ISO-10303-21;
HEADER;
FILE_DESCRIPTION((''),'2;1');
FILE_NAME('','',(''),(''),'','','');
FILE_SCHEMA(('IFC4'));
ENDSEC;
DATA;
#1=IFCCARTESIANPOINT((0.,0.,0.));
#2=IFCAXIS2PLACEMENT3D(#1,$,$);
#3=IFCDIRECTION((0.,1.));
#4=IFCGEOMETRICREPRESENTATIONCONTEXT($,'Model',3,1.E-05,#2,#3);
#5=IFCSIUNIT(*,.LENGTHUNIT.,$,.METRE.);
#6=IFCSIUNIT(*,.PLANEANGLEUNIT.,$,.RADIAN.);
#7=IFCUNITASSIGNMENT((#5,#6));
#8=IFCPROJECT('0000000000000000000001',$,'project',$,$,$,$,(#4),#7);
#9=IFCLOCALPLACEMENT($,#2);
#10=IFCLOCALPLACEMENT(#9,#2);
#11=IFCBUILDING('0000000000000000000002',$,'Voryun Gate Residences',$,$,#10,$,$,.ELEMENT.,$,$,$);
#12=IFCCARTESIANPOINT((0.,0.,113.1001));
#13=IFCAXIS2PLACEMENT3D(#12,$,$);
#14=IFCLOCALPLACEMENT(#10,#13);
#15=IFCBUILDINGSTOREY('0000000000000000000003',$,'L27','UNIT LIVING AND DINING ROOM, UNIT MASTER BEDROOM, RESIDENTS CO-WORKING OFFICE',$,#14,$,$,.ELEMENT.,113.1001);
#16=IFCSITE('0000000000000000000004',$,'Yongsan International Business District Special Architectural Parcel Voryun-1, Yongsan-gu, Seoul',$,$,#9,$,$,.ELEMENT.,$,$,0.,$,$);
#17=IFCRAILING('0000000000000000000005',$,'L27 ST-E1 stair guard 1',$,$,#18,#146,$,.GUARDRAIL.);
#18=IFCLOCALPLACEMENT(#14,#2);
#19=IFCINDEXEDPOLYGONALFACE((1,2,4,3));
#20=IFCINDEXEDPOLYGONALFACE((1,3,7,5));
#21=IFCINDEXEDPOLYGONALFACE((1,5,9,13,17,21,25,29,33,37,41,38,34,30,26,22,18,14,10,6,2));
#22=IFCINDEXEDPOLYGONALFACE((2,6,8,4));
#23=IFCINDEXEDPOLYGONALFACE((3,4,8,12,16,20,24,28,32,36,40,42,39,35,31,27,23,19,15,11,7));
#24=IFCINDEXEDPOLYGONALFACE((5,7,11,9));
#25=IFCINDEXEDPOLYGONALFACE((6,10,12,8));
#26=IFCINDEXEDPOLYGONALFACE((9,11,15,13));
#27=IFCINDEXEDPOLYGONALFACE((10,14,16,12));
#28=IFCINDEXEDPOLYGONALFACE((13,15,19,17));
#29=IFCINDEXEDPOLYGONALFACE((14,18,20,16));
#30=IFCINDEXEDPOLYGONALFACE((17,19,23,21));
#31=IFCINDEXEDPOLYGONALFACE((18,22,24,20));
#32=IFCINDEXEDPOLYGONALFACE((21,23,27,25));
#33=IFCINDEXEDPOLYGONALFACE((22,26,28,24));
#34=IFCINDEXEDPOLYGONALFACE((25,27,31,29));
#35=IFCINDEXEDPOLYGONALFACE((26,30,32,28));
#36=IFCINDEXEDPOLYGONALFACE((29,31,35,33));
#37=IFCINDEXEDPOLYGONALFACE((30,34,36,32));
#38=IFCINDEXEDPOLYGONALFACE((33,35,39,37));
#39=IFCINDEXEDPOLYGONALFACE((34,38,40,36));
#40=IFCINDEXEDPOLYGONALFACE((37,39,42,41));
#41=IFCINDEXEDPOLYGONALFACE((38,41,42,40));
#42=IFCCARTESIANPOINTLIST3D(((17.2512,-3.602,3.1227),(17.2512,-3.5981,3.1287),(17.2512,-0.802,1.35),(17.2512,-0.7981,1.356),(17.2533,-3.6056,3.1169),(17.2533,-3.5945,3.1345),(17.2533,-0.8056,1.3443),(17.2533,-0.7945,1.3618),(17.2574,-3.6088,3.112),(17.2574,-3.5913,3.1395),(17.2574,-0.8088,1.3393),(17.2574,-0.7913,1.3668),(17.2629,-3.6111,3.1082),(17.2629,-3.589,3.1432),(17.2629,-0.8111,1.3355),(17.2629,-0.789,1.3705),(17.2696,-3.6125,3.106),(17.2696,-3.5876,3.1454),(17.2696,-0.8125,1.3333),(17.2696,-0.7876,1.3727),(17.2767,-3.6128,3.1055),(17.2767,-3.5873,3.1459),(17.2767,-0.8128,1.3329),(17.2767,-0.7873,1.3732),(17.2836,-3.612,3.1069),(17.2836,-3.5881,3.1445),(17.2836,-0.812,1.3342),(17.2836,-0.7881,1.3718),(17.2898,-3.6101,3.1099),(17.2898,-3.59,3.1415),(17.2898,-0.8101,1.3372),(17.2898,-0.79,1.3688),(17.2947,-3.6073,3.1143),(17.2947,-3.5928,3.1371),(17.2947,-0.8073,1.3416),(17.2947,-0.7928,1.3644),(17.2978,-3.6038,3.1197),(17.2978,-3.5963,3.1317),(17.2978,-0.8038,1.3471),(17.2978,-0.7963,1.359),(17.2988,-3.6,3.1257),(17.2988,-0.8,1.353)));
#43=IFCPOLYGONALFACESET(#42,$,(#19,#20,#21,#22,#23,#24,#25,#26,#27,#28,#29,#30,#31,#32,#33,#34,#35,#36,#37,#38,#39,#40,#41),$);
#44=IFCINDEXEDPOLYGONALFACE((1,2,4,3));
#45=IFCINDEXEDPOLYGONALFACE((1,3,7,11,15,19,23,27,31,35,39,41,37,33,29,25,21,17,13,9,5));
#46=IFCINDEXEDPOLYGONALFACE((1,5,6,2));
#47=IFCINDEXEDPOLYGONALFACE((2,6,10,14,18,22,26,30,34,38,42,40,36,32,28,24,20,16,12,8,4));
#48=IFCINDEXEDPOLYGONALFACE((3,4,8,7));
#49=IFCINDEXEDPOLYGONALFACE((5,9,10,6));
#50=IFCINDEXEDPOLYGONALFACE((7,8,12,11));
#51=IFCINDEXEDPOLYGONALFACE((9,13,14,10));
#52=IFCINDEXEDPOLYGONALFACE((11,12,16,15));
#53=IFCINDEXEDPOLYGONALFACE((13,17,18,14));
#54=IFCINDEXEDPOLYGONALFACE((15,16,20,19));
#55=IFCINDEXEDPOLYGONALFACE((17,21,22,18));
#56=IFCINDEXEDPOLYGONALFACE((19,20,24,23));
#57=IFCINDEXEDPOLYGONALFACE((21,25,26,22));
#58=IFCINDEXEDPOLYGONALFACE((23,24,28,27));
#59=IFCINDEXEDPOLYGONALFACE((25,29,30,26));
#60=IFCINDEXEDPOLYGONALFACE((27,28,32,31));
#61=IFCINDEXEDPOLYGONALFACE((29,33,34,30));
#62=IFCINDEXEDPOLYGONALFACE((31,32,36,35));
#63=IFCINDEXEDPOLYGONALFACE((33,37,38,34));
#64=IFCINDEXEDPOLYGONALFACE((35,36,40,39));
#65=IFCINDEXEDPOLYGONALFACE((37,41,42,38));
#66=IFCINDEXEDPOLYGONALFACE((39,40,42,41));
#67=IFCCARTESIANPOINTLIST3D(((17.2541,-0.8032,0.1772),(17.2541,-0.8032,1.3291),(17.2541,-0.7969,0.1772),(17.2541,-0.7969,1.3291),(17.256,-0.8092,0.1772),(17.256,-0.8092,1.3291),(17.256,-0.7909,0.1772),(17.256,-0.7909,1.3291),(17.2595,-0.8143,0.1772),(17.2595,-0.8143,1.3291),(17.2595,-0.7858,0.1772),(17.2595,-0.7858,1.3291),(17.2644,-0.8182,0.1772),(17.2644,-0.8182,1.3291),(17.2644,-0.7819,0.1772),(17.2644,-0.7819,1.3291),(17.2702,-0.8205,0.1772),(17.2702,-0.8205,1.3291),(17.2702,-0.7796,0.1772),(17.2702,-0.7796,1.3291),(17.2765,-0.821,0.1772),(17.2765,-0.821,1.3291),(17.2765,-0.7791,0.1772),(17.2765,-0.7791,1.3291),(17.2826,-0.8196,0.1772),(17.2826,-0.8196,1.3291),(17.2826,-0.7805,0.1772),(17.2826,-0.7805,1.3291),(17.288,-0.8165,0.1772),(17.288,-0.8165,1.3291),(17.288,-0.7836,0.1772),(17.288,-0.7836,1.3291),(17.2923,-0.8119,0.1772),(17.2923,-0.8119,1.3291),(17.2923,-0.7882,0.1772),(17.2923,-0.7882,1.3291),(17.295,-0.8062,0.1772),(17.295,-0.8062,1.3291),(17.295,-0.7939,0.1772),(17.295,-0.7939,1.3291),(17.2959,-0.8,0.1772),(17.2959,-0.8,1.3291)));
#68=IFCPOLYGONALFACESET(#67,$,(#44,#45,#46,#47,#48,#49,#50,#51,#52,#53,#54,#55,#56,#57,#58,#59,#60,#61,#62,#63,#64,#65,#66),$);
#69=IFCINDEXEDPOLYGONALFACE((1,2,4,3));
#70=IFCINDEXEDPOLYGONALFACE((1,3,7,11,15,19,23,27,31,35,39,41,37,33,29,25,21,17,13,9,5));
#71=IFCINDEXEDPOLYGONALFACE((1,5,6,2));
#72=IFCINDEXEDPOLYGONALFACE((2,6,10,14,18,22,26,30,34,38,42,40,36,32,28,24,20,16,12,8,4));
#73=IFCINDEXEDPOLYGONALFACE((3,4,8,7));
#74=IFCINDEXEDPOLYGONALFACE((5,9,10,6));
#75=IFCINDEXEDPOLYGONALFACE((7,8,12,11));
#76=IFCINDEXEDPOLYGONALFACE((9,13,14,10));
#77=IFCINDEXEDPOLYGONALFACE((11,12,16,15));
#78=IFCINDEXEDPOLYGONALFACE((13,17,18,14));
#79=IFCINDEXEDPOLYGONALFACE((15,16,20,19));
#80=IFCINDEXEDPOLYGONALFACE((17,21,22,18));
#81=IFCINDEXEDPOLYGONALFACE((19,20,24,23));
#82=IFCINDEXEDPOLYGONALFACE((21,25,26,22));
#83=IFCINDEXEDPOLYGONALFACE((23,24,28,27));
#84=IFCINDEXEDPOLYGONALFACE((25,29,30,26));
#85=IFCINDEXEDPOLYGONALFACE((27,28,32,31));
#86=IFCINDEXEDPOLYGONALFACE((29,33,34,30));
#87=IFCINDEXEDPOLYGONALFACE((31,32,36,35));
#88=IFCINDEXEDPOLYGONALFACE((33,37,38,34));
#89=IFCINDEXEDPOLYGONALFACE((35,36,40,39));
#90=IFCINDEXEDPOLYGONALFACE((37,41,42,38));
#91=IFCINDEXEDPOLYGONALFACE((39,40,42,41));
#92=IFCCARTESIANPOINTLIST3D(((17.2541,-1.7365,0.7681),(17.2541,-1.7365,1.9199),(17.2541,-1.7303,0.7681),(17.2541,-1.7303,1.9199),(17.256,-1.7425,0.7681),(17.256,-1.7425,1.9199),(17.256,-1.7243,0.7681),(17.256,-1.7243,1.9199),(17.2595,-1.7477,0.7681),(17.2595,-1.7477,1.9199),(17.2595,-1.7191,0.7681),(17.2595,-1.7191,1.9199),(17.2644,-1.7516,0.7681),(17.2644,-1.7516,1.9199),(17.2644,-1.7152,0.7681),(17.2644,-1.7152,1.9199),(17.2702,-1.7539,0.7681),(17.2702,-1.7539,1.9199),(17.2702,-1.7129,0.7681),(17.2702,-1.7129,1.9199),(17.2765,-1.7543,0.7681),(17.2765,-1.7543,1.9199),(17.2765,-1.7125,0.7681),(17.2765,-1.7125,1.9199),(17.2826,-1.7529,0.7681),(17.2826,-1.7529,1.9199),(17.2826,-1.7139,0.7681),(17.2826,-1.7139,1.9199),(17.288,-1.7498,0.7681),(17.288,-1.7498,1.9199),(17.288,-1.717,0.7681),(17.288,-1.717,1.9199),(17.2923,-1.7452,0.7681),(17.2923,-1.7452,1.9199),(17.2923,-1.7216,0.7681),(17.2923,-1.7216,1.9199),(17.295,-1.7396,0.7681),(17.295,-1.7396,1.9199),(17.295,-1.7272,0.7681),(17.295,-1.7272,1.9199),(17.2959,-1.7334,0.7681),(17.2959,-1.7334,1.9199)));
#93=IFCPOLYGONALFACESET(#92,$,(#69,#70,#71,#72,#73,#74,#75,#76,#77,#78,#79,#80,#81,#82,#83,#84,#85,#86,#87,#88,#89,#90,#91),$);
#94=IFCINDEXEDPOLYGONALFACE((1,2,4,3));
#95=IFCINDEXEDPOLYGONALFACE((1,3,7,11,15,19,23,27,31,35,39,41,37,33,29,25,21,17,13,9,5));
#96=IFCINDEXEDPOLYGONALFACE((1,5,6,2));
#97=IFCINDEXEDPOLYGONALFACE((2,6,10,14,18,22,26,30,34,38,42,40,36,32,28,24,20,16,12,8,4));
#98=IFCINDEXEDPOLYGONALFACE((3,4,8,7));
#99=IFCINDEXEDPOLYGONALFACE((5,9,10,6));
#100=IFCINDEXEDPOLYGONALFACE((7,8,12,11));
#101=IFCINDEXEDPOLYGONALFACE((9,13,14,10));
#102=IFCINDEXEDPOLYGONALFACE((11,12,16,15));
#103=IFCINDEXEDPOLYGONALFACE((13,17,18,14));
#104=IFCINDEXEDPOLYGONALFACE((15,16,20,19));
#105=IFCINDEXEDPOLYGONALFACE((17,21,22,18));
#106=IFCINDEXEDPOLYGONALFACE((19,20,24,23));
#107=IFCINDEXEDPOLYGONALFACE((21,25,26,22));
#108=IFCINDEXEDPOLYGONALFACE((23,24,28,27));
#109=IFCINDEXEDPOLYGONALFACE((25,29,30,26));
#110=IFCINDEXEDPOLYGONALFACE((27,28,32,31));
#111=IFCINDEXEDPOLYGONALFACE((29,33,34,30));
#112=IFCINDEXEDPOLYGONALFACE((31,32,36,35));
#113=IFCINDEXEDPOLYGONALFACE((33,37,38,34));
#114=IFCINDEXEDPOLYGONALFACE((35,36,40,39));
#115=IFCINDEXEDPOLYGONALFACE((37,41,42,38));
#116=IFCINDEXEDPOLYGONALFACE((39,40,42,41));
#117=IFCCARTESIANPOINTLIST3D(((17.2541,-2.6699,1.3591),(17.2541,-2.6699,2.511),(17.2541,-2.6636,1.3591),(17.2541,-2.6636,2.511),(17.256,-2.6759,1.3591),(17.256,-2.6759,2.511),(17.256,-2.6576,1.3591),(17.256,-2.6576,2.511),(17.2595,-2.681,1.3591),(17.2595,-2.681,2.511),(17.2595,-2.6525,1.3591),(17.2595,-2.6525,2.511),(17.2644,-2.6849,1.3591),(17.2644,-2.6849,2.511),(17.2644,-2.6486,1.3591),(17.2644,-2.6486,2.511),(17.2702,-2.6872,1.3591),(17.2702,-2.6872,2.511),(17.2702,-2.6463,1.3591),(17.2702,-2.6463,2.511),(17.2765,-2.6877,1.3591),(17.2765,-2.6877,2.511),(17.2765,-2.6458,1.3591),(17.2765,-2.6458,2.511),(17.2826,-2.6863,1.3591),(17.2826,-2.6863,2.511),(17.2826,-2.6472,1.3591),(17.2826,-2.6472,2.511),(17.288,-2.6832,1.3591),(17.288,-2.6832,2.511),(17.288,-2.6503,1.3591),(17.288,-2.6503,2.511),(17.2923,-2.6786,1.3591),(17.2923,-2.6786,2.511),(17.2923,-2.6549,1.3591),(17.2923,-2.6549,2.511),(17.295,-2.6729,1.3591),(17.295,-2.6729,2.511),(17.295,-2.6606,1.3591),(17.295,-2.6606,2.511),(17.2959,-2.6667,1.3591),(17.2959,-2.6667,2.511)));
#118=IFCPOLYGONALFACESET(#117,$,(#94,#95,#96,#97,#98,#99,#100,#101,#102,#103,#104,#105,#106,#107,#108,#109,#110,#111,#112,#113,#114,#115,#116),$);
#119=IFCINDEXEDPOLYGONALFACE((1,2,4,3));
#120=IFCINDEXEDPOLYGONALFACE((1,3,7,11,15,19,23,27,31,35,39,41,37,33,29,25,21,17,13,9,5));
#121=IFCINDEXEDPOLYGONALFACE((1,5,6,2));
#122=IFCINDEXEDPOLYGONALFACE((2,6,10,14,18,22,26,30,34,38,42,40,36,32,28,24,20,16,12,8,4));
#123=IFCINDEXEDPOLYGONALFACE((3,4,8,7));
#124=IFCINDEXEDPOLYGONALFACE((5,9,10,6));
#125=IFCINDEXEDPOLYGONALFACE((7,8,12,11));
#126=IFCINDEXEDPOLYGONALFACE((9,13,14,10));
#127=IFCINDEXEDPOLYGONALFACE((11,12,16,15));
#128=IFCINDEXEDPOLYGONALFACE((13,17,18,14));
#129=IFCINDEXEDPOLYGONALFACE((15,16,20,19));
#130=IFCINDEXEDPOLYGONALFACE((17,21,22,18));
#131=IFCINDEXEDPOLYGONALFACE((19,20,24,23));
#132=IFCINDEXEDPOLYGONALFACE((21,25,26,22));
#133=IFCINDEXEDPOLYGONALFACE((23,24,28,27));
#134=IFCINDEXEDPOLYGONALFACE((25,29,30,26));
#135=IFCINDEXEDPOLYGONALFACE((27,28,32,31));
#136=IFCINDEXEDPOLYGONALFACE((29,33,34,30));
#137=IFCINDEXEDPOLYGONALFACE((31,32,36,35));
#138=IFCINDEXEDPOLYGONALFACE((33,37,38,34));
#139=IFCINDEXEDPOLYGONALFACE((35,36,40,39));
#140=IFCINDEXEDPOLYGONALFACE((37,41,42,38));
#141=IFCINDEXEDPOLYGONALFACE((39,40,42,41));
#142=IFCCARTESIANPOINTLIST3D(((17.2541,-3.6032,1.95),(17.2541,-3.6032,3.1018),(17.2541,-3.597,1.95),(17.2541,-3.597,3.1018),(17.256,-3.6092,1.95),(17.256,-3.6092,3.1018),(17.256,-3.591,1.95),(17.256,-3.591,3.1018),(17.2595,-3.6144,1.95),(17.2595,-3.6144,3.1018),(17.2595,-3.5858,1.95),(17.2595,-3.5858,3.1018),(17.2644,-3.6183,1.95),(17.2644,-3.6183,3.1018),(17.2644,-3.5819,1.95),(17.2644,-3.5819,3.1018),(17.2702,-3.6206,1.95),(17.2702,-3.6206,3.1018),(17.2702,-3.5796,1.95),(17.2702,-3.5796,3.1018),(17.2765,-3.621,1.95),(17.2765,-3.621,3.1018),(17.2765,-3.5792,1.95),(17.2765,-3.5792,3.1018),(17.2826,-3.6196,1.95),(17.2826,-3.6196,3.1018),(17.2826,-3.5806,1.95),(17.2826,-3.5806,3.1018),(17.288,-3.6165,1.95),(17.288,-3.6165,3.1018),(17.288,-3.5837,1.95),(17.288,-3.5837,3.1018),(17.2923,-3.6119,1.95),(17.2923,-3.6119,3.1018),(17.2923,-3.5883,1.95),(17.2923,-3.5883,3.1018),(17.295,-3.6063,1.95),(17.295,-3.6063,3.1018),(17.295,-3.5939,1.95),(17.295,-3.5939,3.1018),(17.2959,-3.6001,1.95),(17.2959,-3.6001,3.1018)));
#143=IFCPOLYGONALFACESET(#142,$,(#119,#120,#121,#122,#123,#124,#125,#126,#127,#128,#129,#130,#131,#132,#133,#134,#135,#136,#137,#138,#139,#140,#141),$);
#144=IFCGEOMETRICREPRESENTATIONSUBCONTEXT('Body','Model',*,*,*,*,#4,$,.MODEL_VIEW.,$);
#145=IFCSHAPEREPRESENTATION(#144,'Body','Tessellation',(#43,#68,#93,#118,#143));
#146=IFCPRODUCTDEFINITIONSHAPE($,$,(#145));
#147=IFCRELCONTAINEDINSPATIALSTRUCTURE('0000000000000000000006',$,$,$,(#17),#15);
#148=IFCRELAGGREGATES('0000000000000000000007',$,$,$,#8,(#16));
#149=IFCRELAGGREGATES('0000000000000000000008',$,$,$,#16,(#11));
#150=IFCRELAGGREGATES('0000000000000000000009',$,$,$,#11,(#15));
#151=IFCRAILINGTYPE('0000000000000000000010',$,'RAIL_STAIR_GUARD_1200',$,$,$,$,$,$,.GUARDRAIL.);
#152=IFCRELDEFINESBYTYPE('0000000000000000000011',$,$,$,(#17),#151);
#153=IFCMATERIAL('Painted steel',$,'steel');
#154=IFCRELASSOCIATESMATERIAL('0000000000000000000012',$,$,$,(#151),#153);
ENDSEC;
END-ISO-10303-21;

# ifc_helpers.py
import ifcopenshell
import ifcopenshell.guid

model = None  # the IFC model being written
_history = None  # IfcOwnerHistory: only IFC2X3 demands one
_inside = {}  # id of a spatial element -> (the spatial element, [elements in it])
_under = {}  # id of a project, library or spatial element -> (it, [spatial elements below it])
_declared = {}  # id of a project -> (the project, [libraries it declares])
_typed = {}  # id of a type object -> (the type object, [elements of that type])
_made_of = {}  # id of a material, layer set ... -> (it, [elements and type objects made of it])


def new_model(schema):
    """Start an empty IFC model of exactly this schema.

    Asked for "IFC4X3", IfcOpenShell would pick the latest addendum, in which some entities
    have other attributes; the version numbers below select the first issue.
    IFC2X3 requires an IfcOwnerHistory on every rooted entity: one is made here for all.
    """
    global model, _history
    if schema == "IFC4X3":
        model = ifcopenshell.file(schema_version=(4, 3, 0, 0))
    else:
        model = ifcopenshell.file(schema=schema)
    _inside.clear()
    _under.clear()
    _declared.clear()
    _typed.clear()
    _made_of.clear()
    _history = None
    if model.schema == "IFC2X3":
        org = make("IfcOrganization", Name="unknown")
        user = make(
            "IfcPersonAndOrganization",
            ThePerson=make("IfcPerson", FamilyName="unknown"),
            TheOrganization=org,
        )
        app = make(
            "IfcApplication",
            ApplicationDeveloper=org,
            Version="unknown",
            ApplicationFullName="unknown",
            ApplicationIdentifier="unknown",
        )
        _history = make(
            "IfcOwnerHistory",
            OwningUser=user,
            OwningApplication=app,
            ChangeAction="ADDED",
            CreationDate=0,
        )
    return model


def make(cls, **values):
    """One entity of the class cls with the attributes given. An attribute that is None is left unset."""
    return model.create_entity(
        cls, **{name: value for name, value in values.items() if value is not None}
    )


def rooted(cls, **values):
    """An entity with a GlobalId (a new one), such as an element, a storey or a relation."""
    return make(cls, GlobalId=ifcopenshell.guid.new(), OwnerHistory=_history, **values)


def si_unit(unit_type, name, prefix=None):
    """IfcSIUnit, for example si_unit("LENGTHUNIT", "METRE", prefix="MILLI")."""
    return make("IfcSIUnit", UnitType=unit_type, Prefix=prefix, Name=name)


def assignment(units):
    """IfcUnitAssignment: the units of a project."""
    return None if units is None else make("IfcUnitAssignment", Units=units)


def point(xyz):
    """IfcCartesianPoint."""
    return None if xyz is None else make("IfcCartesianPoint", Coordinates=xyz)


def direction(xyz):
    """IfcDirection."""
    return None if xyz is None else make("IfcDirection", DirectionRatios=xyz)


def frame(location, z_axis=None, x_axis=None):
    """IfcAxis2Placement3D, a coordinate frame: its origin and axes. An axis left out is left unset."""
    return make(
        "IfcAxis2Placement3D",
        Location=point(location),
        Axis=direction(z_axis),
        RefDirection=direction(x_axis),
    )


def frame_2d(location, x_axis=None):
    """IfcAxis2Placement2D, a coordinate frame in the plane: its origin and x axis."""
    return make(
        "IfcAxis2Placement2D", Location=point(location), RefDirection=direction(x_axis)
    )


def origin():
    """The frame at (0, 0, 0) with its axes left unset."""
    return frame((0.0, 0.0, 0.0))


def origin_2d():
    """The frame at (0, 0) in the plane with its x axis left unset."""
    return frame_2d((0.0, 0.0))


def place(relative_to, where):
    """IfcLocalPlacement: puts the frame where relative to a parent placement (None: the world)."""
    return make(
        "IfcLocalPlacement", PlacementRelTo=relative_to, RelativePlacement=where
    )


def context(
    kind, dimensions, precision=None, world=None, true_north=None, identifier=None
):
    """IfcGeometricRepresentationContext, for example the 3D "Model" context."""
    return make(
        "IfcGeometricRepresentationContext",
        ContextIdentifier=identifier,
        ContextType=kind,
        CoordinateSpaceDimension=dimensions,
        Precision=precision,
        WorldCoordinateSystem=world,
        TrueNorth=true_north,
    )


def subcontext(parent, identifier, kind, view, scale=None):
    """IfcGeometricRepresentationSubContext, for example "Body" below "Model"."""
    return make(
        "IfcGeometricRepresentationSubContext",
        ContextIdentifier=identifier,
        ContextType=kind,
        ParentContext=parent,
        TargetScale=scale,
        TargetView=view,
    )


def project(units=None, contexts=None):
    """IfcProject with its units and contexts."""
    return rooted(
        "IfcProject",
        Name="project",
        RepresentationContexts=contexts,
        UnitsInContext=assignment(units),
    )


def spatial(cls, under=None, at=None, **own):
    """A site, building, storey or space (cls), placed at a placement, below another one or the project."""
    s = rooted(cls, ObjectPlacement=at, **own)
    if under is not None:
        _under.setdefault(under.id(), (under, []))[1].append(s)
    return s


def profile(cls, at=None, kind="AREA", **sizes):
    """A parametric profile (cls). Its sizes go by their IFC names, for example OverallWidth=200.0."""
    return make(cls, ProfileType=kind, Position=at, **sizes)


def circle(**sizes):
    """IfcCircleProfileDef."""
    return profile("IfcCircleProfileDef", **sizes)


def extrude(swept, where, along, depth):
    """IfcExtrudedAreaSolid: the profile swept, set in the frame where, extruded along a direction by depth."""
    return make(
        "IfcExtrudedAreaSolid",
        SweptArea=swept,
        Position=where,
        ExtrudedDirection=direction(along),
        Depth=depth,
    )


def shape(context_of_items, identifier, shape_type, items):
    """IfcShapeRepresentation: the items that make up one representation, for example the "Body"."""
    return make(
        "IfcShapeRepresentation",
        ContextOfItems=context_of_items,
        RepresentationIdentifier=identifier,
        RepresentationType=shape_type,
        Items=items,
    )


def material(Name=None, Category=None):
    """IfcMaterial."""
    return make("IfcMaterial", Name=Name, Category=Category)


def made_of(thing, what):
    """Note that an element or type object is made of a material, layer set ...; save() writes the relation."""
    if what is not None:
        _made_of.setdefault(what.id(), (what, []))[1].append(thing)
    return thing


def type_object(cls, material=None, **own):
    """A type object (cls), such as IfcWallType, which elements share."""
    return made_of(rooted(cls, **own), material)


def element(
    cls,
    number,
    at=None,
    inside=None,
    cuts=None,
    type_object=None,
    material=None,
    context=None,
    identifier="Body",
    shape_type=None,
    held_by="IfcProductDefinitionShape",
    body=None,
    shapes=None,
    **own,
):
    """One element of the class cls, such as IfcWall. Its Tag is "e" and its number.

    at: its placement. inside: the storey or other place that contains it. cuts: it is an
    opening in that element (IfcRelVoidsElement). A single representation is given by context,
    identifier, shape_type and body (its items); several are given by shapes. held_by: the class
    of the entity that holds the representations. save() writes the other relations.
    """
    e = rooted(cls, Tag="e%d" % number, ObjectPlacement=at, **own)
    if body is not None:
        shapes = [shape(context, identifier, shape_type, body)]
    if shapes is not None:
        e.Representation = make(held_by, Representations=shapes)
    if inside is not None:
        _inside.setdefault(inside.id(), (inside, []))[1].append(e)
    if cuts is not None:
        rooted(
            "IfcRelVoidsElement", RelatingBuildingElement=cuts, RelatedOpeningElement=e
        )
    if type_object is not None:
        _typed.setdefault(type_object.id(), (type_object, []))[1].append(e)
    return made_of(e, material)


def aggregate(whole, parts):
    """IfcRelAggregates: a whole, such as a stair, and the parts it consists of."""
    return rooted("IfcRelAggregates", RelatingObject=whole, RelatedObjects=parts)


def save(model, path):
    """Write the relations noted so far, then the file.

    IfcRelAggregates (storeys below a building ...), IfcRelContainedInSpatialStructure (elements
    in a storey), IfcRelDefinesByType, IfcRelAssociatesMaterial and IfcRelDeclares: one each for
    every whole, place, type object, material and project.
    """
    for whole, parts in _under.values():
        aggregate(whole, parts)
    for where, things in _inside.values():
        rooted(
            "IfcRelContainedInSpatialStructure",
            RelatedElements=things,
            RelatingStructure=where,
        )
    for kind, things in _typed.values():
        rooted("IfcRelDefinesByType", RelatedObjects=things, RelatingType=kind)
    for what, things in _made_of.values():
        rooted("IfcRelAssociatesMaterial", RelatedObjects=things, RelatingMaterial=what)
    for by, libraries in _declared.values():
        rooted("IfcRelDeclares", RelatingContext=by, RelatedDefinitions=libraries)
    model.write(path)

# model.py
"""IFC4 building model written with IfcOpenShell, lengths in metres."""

from ifc_helpers import new_model, si_unit, direction, frame, origin, origin_2d, place, context, subcontext, project, spatial, circle, extrude, material, type_object, element, save


model = new_model("IFC4")

# Units and contexts
model_context = context("Model", 3, precision=1e-05, world=origin(), true_north=direction((0.0, 1.0)))
body_context = subcontext(model_context, "Body", "Model", "MODEL_VIEW")
ifc_project = project(units=[si_unit("LENGTHUNIT", "METRE"), si_unit("PLANEANGLEUNIT", "RADIAN")], contexts=[model_context])

# Site, building, storey
site_placement = place(None, origin())
site = spatial("IfcSite", under=ifc_project, at=site_placement, Name="Yongsan International Business District Special Architectural Parcel Voryun-1, Yongsan-gu, Seoul", CompositionType="ELEMENT", RefElevation=0.0)
building_placement = place(site_placement, origin())
building = spatial("IfcBuilding", under=site, at=building_placement, Name="Voryun Gate Residences", CompositionType="ELEMENT")
storey_placement = place(building_placement, frame((0.0, 0.0, 113.1001)))
storey = spatial("IfcBuildingStorey", under=building, at=storey_placement, Name="L27", Description="UNIT LIVING AND DINING ROOM, UNIT MASTER BEDROOM, RESIDENTS CO-WORKING OFFICE", CompositionType="ELEMENT", Elevation=113.1001)

# Railing
ifc_material_1 = material(Name="Painted steel", Category="steel")
railing_type_1 = type_object("IfcRailingType", Name="RAIL_STAIR_GUARD_1200", PredefinedType="GUARDRAIL", material=ifc_material_1)
railing_1_placement = place(storey_placement, frame((17.2749, -0.8, 0.1772)))
element("IfcRailing", 1, at=railing_1_placement, inside=storey, type_object=railing_type_1, Name="L27 ST-E1 stair guard 1", PredefinedType="GUARDRAIL", context=body_context, shape_type="SweptSolid", body=[
    extrude(circle(Radius=0.0239, at=origin_2d()), frame((0.0, 0.0, 1.1758), z_axis=(0.0, -0.844909, 0.53491), x_axis=(1.0, 0.0, 0.0)), (0.0, 0.0, 1.0), 3.314),
    extrude(circle(Radius=0.021, at=origin_2d()), origin(), (0.0, 0.0, 1.0), 1.1519),
    extrude(circle(Radius=0.021, at=origin_2d()), frame((0.0, -0.9333, 0.5908)), (0.0, 0.0, 1.0), 1.1519),
    extrude(circle(Radius=0.021, at=origin_2d()), frame((0.0, -1.8667, 1.1819)), (0.0, 0.0, 1.0), 1.1519),
    extrude(circle(Radius=0.021, at=origin_2d()), frame((0.0, -2.8, 1.7727)), (0.0, 0.0, 1.0), 1.1519),
])

save(model, "model.ifc")
